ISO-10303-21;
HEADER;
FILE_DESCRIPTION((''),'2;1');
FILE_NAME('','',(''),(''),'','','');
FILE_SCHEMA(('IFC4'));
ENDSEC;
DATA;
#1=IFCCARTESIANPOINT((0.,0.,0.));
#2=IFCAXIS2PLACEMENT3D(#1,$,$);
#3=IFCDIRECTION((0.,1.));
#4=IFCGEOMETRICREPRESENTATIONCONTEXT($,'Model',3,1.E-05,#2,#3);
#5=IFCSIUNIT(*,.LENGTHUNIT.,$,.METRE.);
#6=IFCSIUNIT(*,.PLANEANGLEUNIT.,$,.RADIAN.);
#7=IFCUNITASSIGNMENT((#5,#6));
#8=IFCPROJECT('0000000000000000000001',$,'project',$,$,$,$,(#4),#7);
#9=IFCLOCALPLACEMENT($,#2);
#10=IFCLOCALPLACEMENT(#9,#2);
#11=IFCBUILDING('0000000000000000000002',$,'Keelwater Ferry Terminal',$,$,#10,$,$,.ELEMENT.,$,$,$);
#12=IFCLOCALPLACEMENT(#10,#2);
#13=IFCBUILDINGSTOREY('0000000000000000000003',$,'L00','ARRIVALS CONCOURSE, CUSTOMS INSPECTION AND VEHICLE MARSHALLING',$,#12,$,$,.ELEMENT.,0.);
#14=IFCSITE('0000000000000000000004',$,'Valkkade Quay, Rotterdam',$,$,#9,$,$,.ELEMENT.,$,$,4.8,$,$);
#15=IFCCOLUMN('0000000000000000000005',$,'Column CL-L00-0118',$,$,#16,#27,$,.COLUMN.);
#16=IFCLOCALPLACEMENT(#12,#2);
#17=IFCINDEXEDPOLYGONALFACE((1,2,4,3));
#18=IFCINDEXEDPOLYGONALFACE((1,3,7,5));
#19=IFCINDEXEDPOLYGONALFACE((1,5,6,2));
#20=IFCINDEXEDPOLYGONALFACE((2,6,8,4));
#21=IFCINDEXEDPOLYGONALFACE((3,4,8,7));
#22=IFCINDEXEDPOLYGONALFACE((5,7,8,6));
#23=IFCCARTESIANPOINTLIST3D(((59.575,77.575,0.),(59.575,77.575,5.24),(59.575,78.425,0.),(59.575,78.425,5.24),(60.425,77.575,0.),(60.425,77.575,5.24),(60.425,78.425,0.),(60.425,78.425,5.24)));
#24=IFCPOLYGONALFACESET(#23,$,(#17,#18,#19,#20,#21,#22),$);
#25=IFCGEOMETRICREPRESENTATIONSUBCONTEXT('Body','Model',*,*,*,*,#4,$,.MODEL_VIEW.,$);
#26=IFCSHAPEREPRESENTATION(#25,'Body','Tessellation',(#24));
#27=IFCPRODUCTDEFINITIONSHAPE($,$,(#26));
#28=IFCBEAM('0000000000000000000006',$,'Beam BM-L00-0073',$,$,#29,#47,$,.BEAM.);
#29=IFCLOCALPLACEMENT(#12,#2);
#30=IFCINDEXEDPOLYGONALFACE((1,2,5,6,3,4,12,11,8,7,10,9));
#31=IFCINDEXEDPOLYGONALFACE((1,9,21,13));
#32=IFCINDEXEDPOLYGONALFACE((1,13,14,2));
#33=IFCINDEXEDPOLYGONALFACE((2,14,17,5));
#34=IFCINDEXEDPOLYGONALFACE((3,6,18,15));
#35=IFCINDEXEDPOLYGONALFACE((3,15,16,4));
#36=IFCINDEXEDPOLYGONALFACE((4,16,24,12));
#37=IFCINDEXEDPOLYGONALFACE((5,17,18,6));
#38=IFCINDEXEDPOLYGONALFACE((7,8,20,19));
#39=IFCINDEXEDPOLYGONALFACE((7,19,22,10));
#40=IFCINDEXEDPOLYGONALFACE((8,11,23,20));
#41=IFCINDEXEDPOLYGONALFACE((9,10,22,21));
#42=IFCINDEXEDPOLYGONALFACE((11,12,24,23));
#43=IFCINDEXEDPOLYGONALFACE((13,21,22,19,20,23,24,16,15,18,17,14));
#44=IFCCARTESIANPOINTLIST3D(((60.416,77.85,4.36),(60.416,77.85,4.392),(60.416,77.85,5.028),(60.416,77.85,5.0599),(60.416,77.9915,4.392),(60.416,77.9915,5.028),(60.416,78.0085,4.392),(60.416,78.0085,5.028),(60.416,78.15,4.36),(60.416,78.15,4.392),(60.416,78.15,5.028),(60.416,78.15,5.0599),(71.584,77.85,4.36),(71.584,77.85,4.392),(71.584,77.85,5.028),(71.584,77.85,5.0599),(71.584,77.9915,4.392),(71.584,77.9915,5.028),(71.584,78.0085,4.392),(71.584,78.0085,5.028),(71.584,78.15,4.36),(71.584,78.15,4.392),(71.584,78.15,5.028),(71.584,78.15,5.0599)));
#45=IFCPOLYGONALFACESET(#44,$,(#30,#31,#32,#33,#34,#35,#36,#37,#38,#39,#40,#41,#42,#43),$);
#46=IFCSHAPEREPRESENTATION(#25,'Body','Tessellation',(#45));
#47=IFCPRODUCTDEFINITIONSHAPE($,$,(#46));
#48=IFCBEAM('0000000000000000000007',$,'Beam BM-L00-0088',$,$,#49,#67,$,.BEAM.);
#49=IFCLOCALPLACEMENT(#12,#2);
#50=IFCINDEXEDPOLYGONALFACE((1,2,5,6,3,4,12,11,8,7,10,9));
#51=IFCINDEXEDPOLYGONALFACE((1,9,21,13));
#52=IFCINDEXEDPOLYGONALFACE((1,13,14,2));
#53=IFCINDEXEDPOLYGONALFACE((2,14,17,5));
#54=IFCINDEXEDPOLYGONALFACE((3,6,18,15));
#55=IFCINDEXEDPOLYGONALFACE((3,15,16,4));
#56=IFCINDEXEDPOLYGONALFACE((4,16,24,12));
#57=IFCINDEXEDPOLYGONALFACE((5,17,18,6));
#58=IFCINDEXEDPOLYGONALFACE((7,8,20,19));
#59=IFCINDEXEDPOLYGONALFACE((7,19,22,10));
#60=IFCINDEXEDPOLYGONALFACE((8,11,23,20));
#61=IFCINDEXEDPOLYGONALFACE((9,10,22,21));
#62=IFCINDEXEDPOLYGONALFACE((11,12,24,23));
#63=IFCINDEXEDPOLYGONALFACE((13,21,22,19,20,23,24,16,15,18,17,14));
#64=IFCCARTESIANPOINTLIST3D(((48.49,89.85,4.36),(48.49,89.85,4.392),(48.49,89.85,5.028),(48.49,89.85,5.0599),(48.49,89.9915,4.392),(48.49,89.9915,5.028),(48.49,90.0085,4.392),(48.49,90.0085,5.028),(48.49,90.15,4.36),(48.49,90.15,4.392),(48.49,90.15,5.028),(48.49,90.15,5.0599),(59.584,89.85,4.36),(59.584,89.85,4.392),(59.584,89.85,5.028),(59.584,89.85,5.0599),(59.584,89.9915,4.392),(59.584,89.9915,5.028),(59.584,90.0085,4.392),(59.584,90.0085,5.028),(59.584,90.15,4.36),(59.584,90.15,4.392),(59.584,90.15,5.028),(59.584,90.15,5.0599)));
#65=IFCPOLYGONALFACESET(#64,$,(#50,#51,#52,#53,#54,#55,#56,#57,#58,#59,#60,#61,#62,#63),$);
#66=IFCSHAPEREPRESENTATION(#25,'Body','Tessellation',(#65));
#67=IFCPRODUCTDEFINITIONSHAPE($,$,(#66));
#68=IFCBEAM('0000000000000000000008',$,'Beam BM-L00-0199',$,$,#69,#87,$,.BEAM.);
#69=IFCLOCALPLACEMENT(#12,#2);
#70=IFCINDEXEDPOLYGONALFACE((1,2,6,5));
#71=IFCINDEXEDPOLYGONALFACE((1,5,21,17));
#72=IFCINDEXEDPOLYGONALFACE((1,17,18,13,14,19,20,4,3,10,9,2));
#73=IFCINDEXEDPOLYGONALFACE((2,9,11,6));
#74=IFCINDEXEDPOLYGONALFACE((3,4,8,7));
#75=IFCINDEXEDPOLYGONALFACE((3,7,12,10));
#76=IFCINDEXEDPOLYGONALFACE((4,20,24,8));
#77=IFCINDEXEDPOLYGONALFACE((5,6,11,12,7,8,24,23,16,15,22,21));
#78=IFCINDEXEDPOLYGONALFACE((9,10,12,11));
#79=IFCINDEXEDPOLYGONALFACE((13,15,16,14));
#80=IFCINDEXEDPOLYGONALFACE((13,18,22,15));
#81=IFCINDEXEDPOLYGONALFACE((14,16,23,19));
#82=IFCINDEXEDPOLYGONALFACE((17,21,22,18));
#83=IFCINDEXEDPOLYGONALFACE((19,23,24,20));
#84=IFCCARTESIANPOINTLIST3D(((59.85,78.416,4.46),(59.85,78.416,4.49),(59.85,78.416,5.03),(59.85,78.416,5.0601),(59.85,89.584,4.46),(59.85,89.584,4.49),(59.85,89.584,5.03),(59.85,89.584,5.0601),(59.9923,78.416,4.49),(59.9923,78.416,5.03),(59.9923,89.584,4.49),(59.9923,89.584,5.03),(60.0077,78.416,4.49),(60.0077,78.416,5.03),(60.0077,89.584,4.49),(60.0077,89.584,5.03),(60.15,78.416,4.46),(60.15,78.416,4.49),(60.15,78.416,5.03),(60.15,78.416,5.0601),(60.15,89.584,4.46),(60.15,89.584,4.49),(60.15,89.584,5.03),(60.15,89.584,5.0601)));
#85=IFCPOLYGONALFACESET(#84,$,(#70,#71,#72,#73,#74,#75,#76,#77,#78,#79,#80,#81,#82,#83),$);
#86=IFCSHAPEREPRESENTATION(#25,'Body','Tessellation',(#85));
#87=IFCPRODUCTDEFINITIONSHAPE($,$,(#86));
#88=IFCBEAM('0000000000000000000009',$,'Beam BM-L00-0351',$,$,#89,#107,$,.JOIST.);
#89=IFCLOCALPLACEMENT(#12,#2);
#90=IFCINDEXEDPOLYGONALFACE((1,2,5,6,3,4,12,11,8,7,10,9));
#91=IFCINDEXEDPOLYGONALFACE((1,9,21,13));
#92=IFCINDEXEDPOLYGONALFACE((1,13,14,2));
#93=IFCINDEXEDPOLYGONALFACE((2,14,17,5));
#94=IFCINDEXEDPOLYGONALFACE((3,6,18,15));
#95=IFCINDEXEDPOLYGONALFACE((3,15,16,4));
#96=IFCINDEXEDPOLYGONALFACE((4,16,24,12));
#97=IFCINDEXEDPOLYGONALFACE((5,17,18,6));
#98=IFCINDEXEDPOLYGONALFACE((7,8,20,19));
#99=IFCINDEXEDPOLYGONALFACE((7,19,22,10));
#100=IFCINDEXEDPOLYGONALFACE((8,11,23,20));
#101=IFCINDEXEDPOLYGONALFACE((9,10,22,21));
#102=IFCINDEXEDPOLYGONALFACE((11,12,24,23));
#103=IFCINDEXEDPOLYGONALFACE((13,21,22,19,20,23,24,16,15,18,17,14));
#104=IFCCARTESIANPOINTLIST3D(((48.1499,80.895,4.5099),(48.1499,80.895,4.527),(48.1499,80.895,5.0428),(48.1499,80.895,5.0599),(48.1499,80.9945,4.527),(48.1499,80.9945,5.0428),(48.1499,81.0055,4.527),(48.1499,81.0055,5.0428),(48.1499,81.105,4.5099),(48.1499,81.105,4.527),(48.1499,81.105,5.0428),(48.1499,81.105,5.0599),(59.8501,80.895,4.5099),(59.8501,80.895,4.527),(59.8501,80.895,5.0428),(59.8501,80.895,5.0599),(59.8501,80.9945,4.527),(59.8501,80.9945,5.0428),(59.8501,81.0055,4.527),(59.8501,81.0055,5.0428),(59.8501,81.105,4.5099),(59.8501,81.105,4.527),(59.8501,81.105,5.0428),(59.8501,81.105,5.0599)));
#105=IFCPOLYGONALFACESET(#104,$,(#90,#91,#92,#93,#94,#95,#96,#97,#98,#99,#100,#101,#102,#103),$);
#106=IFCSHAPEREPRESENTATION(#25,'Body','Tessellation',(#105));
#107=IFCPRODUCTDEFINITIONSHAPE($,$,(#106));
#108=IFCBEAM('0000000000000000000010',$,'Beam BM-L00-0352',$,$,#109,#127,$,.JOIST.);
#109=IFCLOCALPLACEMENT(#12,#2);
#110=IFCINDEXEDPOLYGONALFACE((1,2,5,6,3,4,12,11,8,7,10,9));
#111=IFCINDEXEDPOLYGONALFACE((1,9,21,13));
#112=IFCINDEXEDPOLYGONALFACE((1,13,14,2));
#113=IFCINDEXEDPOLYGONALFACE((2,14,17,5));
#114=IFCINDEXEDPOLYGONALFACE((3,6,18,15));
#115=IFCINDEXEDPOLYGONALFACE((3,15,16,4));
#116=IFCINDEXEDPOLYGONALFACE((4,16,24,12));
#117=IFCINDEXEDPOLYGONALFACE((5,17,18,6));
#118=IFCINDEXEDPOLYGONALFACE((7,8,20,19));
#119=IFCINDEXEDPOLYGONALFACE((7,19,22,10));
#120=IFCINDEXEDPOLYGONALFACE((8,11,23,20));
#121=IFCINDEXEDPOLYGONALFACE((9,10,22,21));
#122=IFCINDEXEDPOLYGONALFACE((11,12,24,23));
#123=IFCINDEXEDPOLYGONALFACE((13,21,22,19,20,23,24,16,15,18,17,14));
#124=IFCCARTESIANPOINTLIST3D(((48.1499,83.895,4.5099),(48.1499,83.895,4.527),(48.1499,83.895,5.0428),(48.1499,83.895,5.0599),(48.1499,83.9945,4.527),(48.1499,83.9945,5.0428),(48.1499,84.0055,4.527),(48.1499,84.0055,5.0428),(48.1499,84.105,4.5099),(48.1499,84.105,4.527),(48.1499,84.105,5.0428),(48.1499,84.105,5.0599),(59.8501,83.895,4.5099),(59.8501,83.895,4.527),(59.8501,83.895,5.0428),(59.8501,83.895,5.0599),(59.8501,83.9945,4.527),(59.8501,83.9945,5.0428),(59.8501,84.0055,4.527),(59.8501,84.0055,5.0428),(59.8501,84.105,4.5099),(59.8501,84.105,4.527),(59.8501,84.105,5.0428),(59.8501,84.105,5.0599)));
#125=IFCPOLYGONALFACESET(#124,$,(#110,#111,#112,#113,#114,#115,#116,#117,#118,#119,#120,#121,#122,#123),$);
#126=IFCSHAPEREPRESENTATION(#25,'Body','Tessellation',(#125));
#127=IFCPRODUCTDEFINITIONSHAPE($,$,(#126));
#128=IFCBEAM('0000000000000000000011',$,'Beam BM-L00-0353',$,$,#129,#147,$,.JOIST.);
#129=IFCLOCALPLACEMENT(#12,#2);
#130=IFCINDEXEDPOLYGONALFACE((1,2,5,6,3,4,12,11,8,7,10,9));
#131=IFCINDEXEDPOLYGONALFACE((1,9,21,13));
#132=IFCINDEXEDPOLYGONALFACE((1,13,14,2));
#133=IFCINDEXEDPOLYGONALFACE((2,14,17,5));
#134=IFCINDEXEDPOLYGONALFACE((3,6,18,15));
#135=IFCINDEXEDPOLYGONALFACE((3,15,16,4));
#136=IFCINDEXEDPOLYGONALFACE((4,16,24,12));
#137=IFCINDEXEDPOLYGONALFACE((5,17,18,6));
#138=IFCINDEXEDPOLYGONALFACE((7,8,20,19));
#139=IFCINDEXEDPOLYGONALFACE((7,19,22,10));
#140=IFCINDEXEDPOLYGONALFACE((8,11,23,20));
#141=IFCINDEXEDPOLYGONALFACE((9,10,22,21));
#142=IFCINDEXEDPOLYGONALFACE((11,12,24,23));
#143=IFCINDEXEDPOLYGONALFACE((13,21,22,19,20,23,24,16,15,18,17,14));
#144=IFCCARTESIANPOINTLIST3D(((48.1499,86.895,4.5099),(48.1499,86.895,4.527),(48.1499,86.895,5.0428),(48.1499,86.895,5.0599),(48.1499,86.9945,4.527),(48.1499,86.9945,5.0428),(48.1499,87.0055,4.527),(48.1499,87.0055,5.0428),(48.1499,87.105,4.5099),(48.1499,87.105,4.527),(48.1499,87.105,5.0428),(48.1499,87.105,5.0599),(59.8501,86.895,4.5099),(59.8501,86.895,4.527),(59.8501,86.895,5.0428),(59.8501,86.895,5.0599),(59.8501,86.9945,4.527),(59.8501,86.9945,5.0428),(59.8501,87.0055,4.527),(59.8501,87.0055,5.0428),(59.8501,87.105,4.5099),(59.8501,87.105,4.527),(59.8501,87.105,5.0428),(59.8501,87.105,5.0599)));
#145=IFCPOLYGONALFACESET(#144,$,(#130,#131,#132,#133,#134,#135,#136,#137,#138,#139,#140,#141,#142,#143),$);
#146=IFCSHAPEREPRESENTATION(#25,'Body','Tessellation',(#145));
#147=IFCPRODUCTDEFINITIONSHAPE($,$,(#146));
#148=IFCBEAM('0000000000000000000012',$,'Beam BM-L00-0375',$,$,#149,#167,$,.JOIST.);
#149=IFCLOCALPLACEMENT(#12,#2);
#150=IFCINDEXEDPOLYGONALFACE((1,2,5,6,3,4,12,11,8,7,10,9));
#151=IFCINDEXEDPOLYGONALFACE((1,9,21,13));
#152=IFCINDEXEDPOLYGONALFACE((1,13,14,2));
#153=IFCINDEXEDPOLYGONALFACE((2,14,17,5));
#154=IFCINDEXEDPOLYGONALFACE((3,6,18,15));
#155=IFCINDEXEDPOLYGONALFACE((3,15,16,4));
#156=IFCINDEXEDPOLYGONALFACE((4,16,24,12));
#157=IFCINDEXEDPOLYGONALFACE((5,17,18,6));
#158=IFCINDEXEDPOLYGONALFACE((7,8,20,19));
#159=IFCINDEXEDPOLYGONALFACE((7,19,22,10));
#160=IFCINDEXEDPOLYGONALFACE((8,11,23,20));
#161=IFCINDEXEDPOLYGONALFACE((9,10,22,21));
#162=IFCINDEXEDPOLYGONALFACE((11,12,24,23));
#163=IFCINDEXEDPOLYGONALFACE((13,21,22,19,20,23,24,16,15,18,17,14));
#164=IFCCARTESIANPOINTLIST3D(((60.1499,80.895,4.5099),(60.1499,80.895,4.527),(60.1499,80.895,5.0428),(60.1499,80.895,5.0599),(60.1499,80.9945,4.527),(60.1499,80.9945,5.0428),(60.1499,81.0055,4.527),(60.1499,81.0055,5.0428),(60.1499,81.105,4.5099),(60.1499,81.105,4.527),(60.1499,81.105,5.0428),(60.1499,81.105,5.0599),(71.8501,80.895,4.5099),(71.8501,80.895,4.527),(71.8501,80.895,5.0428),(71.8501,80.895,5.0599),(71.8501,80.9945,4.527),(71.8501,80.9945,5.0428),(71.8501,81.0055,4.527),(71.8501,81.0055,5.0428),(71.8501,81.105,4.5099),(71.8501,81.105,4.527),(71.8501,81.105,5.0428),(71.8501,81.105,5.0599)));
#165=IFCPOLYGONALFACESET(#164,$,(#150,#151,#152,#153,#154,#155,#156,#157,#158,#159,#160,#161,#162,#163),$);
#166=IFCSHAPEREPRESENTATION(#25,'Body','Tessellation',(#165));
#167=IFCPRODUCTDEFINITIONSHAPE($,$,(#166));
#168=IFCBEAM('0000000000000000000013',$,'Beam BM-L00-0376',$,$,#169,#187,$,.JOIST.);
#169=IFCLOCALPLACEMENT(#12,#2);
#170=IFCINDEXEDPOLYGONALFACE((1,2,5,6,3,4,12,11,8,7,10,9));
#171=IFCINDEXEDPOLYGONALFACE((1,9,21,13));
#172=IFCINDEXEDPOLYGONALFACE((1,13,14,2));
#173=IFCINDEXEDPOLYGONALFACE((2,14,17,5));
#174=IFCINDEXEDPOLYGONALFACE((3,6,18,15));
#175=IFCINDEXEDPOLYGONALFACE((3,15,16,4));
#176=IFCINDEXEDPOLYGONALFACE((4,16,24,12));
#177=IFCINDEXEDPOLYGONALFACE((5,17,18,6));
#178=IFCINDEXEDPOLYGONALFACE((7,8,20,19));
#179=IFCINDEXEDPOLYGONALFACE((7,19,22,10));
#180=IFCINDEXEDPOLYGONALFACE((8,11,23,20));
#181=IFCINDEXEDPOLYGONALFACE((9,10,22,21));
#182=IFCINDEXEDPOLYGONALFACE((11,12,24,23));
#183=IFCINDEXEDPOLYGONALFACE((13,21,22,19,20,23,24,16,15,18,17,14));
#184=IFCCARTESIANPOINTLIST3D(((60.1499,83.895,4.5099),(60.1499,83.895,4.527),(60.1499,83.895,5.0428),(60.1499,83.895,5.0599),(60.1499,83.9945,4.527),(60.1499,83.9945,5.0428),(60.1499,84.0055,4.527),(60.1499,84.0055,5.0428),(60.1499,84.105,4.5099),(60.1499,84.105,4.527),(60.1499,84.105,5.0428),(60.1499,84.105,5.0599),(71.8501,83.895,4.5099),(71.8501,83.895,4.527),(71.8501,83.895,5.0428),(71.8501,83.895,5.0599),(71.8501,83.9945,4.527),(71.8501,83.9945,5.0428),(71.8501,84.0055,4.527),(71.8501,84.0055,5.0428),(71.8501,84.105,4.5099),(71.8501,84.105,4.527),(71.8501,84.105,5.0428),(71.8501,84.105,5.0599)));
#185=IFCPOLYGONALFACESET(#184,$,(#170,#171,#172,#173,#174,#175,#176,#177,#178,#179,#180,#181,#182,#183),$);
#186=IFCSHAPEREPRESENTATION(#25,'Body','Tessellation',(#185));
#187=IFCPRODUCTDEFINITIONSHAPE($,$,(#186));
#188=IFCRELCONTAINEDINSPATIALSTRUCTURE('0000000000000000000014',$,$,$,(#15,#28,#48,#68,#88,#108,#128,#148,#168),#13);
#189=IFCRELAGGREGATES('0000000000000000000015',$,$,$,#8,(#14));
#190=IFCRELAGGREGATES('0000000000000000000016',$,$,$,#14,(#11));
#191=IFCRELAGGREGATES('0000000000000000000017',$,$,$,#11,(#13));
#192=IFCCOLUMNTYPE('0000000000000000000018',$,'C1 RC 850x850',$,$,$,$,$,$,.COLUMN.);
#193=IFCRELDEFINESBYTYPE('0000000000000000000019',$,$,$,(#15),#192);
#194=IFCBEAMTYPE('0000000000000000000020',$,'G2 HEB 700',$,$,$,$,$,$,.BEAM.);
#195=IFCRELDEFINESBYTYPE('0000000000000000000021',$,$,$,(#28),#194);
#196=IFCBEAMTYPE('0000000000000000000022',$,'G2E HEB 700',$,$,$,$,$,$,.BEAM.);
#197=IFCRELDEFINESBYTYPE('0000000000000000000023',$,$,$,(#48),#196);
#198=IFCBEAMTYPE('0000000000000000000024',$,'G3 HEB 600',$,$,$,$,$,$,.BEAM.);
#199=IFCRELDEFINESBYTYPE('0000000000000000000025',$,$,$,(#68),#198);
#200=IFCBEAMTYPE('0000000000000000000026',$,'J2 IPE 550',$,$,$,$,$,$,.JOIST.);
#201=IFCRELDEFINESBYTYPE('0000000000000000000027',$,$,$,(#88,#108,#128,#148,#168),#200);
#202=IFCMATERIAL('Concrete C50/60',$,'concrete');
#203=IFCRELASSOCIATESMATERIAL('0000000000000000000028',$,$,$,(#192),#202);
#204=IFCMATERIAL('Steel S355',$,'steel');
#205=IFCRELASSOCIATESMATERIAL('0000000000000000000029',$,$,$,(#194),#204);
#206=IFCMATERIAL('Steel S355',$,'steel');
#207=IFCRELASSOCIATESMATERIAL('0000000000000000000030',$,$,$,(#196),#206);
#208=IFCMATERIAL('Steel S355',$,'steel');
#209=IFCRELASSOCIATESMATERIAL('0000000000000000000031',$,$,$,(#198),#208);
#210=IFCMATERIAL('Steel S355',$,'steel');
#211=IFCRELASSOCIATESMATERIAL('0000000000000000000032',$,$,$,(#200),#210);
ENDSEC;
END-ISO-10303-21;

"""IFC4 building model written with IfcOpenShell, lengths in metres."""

from ifc_helpers import new_model, si_unit, direction, frame, origin, origin_2d, place, context, subcontext, project, spatial, rectangle, i_section, extrude, material, material_profile, profile_set, type_object, element, save


model = new_model("IFC4")

# Units and contexts
model_context = context("Model", 3, precision=1e-05, world=origin(), true_north=direction((0.0, 1.0)))
body_context = subcontext(model_context, "Body", "Model", "MODEL_VIEW")
ifc_project = project(units=[si_unit("LENGTHUNIT", "METRE"), si_unit("PLANEANGLEUNIT", "RADIAN")], contexts=[model_context])

# Site, building, storey
site_placement = place(None, origin())
site = spatial("IfcSite", under=ifc_project, at=site_placement, Name="Valkkade Quay, Rotterdam", CompositionType="ELEMENT", RefElevation=4.8)
building_placement = place(site_placement, origin())
building = spatial("IfcBuilding", under=site, at=building_placement, Name="Keelwater Ferry Terminal", CompositionType="ELEMENT")
storey_placement = place(building_placement, origin())
storey = spatial("IfcBuildingStorey", under=building, at=storey_placement, Name="L00", Description="ARRIVALS CONCOURSE, CUSTOMS INSPECTION AND VEHICLE MARSHALLING", CompositionType="ELEMENT", Elevation=0.0)

# Column
ifc_material_1 = material(Name="Concrete C50/60", Category="concrete")
ifc_material_profile_1 = material_profile(ifc_material_1, rectangle(XDim=0.8501, YDim=0.8501, at=origin_2d()), Name="RC 850x850")
ifc_profile_set_1 = profile_set([ifc_material_profile_1], Name="Concrete C50/60")
column_type = type_object("IfcColumnType", Name="C1 RC 850x850", PredefinedType="COLUMN", material=ifc_profile_set_1)
column_placement = place(storey_placement, frame((60.0, 78.0, 0.0), z_axis=(0.0, 0.0, 1.0), x_axis=(1.0, 0.0, 0.0)))
element("IfcColumn", 1, at=column_placement, inside=storey, type_object=column_type, Name="Column CL-L00-0118", PredefinedType="COLUMN", context=body_context, shape_type="SweptSolid", body=[
    extrude(rectangle(XDim=0.8501, YDim=0.8501, at=origin_2d()), origin(), (0.0, 0.0, 1.0), 5.24),
])

# Beams
ifc_material_2 = material(Name="Steel S355", Category="steel")
ifc_material_profile_2 = material_profile(ifc_material_2, i_section(OverallWidth=0.3, OverallDepth=0.7, WebThickness=0.0171, FlangeThickness=0.032, at=origin_2d()), Name="HEB 700")
ifc_profile_set_2 = profile_set([ifc_material_profile_2], Name="Steel S355")
beam_type_1 = type_object("IfcBeamType", Name="G2 HEB 700", PredefinedType="BEAM", material=ifc_profile_set_2)
beam_1_placement = place(storey_placement, frame((60.416, 78.0, 4.71), z_axis=(1.0, 0.0, 0.0), x_axis=(0.0, 1.0, 0.0)))
element("IfcBeam", 2, at=beam_1_placement, inside=storey, type_object=beam_type_1, Name="Beam BM-L00-0073", PredefinedType="BEAM", context=body_context, shape_type="SweptSolid", body=[
    extrude(i_section(OverallWidth=0.3, OverallDepth=0.7, WebThickness=0.0171, FlangeThickness=0.032, at=origin_2d()), origin(), (0.0, 0.0, 1.0), 11.168),
])
ifc_material_3 = material(Name="Steel S355", Category="steel")
ifc_material_profile_3 = material_profile(ifc_material_3, i_section(OverallWidth=0.3, OverallDepth=0.7, WebThickness=0.0171, FlangeThickness=0.032, at=origin_2d()), Name="HEB 700")
ifc_profile_set_3 = profile_set([ifc_material_profile_3], Name="Steel S355")
beam_type_2 = type_object("IfcBeamType", Name="G2E HEB 700", PredefinedType="BEAM", material=ifc_profile_set_3)
beam_2_placement = place(storey_placement, frame((48.49, 90.0, 4.71), z_axis=(1.0, 0.0, 0.0), x_axis=(0.0, 1.0, 0.0)))
element("IfcBeam", 3, at=beam_2_placement, inside=storey, type_object=beam_type_2, Name="Beam BM-L00-0088", PredefinedType="BEAM", context=body_context, shape_type="SweptSolid", body=[
    extrude(i_section(OverallWidth=0.3, OverallDepth=0.7, WebThickness=0.0171, FlangeThickness=0.032, at=origin_2d()), origin(), (0.0, 0.0, 1.0), 11.094),
])
ifc_material_4 = material(Name="Steel S355", Category="steel")
ifc_material_profile_4 = material_profile(ifc_material_4, i_section(OverallWidth=0.3, OverallDepth=0.6001, WebThickness=0.0154, FlangeThickness=0.03, at=origin_2d()), Name="HEB 600")
ifc_profile_set_4 = profile_set([ifc_material_profile_4], Name="Steel S355")
beam_type_3 = type_object("IfcBeamType", Name="G3 HEB 600", PredefinedType="BEAM", material=ifc_profile_set_4)
beam_3_placement = place(storey_placement, frame((60.0, 78.416, 4.76), z_axis=(0.0, 1.0, 0.0), x_axis=(-1.0, 0.0, 0.0)))
element("IfcBeam", 4, at=beam_3_placement, inside=storey, type_object=beam_type_3, Name="Beam BM-L00-0199", PredefinedType="BEAM", context=body_context, shape_type="SweptSolid", body=[
    extrude(i_section(OverallWidth=0.3, OverallDepth=0.6001, WebThickness=0.0154, FlangeThickness=0.03, at=origin_2d()), origin(), (0.0, 0.0, 1.0), 11.168),
])
ifc_material_5 = material(Name="Steel S355", Category="steel")
ifc_material_profile_5 = material_profile(ifc_material_5, i_section(OverallWidth=0.21, OverallDepth=0.55, WebThickness=0.011, FlangeThickness=0.0171, at=origin_2d()), Name="IPE 550")
ifc_profile_set_5 = profile_set([ifc_material_profile_5], Name="Steel S355")
beam_type_4 = type_object("IfcBeamType", Name="J2 IPE 550", PredefinedType="JOIST", material=ifc_profile_set_5)
for number, where, z_axis, x_axis, name in (
    (5, (48.1499, 81.0, 4.7849), (1.0, 0.0, 0.0), (0.0, 1.0, 0.0), "Beam BM-L00-0351"),
    (6, (48.1499, 84.0, 4.7849), (1.0, 0.0, 0.0), (0.0, 1.0, 0.0), "Beam BM-L00-0352"),
    (7, (48.1499, 87.0, 4.7849), (1.0, 0.0, 0.0), (0.0, 1.0, 0.0), "Beam BM-L00-0353"),
    (8, (60.1499, 81.0, 4.7849), (1.0, 0.0, 0.0), (0.0, 1.0, 0.0), "Beam BM-L00-0375"),
    (9, (60.1499, 84.0, 4.7849), (1.0, 0.0, 0.0), (0.0, 1.0, 0.0), "Beam BM-L00-0376"),
):
    element("IfcBeam", number, at=place(storey_placement, frame(where, z_axis=z_axis, x_axis=x_axis)), inside=storey, type_object=beam_type_4, Name=name, PredefinedType="JOIST", context=body_context, shape_type="SweptSolid", body=[
        extrude(i_section(OverallWidth=0.21, OverallDepth=0.55, WebThickness=0.011, FlangeThickness=0.0171, at=origin_2d()), origin(), (0.0, 0.0, 1.0), 11.7002),
    ])

save(model, "model.ifc")
